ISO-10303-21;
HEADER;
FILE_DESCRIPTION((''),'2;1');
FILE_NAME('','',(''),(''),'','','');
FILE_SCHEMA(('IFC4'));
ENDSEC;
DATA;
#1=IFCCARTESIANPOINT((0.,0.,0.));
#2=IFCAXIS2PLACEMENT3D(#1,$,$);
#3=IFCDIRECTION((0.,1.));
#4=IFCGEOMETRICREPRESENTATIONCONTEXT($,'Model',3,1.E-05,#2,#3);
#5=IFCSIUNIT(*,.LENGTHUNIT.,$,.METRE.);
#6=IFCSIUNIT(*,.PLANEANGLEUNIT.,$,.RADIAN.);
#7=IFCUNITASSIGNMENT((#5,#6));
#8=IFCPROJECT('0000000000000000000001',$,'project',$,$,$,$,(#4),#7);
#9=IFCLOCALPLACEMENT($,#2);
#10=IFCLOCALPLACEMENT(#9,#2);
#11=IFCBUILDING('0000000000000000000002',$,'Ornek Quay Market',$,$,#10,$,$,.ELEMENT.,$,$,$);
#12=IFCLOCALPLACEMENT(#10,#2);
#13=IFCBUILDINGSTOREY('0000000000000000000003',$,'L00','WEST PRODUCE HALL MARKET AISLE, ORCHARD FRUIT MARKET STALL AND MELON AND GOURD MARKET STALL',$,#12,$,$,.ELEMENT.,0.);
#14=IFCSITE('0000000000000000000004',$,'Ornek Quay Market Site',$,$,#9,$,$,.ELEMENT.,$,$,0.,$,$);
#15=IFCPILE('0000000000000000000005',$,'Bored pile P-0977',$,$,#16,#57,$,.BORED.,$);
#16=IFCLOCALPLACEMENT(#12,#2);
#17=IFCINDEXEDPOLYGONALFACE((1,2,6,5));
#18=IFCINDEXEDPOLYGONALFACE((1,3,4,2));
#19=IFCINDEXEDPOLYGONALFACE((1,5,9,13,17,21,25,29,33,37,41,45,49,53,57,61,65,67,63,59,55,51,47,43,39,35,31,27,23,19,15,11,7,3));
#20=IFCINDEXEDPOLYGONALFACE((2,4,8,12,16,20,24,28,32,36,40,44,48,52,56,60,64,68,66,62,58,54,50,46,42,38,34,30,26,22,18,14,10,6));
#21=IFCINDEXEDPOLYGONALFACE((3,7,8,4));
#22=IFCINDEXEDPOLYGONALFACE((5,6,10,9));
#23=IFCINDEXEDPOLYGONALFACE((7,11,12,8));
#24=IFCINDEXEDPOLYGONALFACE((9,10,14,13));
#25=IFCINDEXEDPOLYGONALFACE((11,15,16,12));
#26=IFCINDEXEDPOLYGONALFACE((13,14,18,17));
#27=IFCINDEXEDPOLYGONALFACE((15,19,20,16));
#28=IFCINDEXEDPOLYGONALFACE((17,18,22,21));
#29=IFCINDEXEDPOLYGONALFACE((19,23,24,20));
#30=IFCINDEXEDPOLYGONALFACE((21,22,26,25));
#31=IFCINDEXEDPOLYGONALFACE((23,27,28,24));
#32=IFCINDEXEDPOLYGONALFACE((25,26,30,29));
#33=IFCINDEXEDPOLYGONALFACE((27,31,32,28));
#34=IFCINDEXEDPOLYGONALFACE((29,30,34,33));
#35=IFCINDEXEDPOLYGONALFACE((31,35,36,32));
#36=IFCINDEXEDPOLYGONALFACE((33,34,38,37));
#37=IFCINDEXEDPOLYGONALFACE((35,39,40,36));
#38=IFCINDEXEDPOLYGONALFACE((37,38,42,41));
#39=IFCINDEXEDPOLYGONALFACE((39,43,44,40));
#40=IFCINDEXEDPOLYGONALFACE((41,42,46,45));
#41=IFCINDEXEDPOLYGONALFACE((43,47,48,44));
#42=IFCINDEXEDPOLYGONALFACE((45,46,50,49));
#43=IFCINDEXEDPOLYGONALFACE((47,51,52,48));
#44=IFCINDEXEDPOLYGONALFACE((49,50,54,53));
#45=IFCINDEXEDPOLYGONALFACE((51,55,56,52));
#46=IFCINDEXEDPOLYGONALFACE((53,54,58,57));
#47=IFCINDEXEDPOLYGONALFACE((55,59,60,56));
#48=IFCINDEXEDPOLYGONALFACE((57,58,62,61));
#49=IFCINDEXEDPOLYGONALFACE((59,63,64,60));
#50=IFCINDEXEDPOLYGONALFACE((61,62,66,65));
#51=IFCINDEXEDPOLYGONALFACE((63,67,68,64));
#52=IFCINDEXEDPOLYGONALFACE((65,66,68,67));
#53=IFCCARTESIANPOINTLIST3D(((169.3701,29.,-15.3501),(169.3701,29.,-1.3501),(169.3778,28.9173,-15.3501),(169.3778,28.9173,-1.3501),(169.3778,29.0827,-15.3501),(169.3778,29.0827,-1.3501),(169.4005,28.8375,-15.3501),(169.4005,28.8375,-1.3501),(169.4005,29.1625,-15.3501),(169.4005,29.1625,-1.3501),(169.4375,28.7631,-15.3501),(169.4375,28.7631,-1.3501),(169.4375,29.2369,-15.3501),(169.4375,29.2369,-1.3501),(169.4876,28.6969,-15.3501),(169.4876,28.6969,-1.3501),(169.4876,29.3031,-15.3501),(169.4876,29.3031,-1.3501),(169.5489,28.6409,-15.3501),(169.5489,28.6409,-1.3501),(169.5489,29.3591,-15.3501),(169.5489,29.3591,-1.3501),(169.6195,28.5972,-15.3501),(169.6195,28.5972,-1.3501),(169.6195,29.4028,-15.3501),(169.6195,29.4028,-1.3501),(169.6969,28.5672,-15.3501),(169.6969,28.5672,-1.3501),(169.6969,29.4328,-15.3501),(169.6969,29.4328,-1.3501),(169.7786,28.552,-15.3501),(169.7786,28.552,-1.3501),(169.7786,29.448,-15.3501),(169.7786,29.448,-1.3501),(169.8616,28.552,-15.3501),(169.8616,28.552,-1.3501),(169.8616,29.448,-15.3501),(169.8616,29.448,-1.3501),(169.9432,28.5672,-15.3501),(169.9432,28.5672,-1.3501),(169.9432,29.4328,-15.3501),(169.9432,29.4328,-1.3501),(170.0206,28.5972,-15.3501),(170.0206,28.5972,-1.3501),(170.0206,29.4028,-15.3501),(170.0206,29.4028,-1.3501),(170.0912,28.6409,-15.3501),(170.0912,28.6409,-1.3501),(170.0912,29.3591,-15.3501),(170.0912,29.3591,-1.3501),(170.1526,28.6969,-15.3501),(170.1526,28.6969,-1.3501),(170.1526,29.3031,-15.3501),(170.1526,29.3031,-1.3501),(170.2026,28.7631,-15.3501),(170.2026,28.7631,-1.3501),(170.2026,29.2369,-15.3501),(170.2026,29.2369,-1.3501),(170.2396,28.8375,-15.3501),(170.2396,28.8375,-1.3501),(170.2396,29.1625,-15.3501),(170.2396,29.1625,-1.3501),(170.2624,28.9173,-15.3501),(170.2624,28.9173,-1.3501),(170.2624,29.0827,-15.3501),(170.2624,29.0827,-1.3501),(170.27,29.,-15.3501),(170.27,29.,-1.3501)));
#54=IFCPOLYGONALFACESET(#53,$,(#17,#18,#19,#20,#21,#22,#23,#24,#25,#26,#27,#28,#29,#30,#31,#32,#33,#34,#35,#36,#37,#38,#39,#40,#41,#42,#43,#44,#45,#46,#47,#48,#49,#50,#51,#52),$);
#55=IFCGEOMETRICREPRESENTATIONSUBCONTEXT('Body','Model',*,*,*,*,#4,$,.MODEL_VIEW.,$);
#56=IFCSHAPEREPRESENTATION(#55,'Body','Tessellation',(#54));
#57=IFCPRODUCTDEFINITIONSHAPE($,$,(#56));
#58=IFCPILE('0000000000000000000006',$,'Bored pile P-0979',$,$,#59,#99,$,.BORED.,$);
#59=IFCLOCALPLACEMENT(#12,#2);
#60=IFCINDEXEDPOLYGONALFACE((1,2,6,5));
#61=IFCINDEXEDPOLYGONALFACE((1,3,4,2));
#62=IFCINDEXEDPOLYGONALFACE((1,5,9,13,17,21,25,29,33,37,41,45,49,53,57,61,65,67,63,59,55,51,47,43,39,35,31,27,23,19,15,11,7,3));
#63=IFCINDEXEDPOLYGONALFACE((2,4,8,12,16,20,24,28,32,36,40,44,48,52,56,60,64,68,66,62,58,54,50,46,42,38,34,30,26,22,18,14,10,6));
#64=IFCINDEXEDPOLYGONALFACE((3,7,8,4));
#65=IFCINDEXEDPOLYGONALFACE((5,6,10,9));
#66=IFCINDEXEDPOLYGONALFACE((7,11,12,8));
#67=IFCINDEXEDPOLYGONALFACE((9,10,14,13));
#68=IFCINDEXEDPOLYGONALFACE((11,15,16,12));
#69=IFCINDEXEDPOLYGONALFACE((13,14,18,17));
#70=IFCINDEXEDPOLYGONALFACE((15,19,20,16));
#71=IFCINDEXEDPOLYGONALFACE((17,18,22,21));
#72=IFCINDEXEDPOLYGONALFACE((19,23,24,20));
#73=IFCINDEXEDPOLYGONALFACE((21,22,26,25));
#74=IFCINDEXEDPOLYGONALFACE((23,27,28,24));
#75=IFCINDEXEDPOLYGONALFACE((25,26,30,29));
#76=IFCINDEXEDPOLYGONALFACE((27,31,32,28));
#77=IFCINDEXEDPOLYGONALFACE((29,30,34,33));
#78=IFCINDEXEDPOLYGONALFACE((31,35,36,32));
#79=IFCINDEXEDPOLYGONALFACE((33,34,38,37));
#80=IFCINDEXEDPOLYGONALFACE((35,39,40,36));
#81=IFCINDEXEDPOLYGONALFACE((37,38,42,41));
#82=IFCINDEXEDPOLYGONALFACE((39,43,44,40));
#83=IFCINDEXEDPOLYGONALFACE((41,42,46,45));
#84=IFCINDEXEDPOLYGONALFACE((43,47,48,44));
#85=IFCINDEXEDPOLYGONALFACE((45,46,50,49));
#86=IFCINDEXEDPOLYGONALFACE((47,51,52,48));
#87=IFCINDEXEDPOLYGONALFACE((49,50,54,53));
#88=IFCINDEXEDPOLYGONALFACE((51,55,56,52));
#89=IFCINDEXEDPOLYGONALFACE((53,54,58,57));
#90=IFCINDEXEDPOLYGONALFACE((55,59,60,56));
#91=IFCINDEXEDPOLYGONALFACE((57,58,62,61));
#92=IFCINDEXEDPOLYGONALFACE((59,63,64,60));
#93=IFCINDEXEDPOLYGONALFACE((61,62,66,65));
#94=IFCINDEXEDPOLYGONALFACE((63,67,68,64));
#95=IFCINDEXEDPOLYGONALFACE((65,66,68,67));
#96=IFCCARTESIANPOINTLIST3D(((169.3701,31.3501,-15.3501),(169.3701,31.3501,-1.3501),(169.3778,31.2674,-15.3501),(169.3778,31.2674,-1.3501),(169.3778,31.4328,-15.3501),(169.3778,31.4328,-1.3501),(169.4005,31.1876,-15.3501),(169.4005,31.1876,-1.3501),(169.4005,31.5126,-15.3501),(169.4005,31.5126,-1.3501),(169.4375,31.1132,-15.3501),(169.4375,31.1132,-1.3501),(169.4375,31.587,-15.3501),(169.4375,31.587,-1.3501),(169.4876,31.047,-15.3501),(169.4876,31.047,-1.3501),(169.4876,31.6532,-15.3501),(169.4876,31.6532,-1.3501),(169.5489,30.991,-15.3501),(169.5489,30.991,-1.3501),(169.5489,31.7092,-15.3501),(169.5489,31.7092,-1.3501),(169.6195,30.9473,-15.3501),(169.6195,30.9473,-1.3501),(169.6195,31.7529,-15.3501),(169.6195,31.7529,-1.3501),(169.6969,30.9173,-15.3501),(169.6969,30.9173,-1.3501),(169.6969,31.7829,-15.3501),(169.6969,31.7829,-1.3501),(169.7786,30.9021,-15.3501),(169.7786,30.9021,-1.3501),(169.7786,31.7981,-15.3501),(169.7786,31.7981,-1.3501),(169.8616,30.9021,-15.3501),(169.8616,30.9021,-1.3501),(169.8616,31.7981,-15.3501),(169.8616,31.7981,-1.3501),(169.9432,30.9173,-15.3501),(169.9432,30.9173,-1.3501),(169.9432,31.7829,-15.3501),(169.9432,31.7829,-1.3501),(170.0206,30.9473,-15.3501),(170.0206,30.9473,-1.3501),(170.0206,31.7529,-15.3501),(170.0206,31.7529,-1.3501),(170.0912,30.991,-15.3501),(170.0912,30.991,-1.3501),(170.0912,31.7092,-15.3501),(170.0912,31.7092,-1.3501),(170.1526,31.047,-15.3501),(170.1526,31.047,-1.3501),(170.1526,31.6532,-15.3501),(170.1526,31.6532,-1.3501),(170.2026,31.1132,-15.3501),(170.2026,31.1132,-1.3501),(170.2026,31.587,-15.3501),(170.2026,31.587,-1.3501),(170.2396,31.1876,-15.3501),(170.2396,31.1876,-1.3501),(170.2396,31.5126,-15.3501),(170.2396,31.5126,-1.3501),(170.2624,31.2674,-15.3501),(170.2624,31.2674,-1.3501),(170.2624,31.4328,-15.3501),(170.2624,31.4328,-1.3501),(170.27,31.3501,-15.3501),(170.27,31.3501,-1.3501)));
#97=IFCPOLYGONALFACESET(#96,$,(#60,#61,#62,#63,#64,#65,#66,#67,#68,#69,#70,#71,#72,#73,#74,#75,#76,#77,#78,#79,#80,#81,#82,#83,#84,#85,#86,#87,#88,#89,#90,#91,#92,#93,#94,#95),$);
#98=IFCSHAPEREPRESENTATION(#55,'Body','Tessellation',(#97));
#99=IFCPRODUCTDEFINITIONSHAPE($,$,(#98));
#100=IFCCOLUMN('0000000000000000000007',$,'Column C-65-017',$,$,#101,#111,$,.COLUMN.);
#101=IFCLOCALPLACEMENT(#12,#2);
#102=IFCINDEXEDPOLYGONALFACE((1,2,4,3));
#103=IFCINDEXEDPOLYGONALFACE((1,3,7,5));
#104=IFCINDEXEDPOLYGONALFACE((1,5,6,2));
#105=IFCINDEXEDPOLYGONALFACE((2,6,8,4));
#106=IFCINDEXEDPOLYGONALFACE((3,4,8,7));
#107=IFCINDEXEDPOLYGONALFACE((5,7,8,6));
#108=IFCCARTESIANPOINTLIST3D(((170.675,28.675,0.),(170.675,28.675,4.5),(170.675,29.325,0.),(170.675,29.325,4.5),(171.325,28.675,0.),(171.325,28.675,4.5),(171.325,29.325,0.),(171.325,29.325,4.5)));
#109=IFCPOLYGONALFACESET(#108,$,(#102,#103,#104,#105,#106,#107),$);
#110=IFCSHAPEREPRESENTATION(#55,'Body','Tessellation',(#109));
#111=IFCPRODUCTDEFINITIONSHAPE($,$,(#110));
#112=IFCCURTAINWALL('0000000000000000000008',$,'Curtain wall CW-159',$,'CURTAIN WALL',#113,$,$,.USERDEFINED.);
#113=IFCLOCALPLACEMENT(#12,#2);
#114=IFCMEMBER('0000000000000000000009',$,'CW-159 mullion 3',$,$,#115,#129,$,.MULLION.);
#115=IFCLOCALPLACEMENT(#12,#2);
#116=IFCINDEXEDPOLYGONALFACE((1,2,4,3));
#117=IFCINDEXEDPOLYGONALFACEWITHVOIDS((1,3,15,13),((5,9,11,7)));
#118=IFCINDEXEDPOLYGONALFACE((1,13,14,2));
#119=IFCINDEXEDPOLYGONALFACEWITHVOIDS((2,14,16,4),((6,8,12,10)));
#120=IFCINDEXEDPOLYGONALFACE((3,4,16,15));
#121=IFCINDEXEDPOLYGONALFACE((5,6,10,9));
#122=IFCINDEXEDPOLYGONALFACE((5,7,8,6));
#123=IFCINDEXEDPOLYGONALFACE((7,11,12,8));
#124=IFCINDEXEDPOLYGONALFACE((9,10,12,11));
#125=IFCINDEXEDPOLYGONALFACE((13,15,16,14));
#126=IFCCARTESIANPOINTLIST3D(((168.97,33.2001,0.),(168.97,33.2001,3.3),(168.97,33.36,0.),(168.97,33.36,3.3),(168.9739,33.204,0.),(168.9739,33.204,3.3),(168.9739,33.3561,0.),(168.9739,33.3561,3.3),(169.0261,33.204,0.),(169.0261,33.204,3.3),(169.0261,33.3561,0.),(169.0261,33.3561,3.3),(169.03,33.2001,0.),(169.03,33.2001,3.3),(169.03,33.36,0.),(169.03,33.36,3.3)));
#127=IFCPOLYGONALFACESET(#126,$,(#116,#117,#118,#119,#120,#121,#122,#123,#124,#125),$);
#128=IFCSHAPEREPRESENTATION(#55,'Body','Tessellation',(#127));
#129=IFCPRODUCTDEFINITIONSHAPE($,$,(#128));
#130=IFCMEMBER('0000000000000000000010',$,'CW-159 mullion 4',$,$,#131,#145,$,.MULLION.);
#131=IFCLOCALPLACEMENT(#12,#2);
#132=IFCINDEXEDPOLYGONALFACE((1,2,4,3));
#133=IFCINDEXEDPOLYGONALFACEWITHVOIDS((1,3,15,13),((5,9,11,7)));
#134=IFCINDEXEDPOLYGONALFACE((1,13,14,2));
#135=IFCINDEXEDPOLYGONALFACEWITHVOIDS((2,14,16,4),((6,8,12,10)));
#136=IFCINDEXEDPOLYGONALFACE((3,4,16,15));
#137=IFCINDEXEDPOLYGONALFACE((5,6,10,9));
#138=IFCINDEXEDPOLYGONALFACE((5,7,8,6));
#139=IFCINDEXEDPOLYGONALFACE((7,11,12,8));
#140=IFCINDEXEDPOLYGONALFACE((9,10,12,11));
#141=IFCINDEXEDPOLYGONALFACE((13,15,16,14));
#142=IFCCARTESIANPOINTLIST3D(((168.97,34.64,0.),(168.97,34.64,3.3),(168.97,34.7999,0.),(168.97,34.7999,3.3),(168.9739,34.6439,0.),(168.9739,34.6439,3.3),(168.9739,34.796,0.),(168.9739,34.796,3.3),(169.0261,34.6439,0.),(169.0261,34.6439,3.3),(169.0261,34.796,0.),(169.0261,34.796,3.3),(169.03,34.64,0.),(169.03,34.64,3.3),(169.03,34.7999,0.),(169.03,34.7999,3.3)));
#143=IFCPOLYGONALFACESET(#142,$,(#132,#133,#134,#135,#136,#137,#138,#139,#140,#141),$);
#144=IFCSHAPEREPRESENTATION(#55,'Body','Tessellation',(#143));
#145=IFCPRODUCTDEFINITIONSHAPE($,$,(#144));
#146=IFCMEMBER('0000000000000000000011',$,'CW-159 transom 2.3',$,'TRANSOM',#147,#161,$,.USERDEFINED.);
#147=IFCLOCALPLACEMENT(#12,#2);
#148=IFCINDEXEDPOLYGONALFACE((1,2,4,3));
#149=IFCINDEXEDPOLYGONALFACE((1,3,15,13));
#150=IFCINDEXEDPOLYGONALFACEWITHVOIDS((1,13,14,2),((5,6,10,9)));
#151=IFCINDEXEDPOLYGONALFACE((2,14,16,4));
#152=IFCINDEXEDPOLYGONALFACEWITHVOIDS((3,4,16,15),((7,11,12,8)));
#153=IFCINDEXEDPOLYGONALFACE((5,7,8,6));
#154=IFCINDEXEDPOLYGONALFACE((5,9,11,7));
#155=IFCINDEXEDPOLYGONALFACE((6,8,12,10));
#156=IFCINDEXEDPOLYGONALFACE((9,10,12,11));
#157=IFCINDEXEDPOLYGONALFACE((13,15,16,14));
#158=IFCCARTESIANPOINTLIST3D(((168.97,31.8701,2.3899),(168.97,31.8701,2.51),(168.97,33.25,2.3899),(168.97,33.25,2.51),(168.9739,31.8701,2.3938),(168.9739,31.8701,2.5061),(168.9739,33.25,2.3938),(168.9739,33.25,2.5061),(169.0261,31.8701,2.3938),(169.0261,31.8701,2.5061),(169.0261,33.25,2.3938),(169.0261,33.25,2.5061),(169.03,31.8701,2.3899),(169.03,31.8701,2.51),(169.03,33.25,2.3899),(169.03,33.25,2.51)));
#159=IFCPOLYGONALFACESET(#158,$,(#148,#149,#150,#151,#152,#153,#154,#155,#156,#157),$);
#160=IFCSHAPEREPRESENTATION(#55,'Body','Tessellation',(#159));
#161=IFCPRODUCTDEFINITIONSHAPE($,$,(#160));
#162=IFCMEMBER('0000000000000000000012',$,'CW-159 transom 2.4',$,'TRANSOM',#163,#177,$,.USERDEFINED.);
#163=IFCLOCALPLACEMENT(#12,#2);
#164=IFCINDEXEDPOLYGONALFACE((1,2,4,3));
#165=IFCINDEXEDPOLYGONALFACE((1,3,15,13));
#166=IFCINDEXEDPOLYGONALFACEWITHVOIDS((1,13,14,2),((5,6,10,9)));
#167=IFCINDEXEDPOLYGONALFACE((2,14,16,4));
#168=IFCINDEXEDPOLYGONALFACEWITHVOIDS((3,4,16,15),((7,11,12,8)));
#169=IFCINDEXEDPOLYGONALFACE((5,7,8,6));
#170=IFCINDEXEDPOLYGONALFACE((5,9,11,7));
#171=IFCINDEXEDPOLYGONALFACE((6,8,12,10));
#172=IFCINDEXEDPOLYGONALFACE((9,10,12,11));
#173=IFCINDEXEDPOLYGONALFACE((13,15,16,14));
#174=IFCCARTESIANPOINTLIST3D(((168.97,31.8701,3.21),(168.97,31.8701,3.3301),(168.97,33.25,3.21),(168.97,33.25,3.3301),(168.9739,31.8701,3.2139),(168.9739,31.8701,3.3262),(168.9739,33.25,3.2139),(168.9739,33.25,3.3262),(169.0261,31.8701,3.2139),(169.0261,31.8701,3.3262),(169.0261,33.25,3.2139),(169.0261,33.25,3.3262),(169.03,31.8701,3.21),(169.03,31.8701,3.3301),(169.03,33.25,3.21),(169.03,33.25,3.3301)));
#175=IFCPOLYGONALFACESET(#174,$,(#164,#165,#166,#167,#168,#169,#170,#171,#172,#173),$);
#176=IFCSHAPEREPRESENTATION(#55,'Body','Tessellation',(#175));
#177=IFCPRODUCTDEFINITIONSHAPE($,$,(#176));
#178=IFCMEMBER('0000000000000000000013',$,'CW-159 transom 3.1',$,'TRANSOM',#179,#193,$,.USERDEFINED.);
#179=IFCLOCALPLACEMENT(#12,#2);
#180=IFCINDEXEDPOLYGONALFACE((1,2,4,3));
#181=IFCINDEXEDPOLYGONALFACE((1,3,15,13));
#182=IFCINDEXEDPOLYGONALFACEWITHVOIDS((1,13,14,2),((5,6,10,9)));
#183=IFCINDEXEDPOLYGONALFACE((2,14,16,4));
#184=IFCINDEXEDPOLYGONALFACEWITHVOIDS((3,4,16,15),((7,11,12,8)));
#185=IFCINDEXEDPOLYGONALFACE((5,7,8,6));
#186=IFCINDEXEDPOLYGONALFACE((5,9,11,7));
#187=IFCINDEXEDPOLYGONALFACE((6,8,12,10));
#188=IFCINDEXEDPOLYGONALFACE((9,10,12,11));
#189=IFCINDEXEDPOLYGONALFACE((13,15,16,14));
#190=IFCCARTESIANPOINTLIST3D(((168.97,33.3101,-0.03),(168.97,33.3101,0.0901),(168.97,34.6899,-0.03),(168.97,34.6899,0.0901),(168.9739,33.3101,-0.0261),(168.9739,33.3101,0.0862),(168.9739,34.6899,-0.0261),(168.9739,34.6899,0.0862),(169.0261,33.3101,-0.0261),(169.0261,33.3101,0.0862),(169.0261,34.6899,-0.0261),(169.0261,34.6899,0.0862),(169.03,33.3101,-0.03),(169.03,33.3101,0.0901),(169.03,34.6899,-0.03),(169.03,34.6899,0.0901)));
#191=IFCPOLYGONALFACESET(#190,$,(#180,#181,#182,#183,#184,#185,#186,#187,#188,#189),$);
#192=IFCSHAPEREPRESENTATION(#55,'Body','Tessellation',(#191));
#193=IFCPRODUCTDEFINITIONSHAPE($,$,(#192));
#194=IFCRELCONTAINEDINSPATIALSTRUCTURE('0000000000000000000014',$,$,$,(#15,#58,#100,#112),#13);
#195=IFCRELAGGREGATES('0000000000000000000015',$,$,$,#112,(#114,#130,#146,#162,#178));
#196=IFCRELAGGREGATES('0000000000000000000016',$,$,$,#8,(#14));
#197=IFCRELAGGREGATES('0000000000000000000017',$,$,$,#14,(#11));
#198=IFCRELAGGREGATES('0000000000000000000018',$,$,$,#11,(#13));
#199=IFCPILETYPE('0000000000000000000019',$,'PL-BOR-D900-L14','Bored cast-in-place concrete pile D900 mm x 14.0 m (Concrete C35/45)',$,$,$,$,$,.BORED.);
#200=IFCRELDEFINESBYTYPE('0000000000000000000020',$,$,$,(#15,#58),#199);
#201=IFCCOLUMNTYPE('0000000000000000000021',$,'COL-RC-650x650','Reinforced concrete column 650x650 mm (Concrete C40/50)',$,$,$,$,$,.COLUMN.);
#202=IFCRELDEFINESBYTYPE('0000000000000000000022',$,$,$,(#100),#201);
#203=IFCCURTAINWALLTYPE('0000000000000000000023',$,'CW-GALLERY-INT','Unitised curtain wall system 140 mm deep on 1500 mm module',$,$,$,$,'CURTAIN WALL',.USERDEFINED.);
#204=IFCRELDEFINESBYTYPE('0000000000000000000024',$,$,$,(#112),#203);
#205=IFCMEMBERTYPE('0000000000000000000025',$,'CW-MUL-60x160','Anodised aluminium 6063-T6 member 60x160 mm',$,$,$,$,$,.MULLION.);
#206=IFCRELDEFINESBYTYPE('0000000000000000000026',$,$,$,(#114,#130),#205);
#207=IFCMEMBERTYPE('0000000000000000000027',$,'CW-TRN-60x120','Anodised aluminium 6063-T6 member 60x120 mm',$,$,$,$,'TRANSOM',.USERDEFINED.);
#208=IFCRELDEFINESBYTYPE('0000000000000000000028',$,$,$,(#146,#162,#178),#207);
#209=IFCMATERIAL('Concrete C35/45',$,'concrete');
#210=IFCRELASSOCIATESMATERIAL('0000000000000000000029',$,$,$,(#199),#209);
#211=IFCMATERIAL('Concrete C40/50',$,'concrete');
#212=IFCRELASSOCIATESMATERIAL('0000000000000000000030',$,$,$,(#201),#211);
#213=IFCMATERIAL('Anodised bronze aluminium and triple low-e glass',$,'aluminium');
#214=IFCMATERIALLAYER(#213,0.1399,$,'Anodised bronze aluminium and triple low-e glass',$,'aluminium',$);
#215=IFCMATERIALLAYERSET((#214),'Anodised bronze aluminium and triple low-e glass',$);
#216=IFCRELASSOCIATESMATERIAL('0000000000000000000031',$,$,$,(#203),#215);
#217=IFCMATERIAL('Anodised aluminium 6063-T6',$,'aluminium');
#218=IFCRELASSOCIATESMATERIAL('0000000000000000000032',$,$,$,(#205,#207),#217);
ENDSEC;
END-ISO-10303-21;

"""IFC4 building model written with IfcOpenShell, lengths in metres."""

from ifc_helpers import new_model, si_unit, direction, frame, origin, origin_2d, place, context, subcontext, project, spatial, rectangle, hollow_rectangle, circle, extrude, material, layer, layer_set, material_profile, profile_set, type_object, element, aggregate, save


model = new_model("IFC4")

# Units and contexts
model_context = context("Model", 3, precision=1e-05, world=origin(), true_north=direction((0.0, 1.0)))
body_context = subcontext(model_context, "Body", "Model", "MODEL_VIEW")
ifc_project = project(units=[si_unit("LENGTHUNIT", "METRE"), si_unit("PLANEANGLEUNIT", "RADIAN")], contexts=[model_context])

# Site, building, storey
site_placement = place(None, origin())
site = spatial("IfcSite", under=ifc_project, at=site_placement, Name="Ornek Quay Market Site", CompositionType="ELEMENT", RefElevation=0.0)
building_placement = place(site_placement, origin())
building = spatial("IfcBuilding", under=site, at=building_placement, Name="Ornek Quay Market", CompositionType="ELEMENT")
storey_placement = place(building_placement, origin())
storey = spatial("IfcBuildingStorey", under=building, at=storey_placement, Name="L00", Description="WEST PRODUCE HALL MARKET AISLE, ORCHARD FRUIT MARKET STALL AND MELON AND GOURD MARKET STALL", CompositionType="ELEMENT", Elevation=0.0)

# Piles
ifc_material_1 = material(Name="Concrete C35/45", Category="concrete")
ifc_material_profile_1 = material_profile(ifc_material_1, circle(Radius=0.45, at=origin_2d()), Name="PILE D900", Category="concrete")
ifc_profile_set_1 = profile_set([ifc_material_profile_1], Name="Concrete C35/45")
pile_type = type_object("IfcPileType", Name="PL-BOR-D900-L14", Description="Bored cast-in-place concrete pile D900 mm x 14.0 m (Concrete C35/45)", PredefinedType="BORED", material=ifc_profile_set_1)
for number, where, z_axis, x_axis, name in (
    (1, (169.8201, 29.0, -1.3501), (0.0, 0.0, -1.0), (1.0, 0.0, 0.0), "Bored pile P-0977"),
    (2, (169.8201, 31.3501, -1.3501), (0.0, 0.0, -1.0), (1.0, 0.0, 0.0), "Bored pile P-0979"),
):
    element("IfcPile", number, at=place(storey_placement, frame(where, z_axis=z_axis, x_axis=x_axis)), inside=storey, type_object=pile_type, Name=name, PredefinedType="BORED", context=body_context, shape_type="SweptSolid", body=[
        extrude(circle(Radius=0.45, at=origin_2d()), origin(), (0.0, 0.0, 1.0), 14.0),
    ])

# Column
ifc_material_2 = material(Name="Concrete C40/50", Category="concrete")
ifc_material_profile_2 = material_profile(ifc_material_2, rectangle(XDim=0.6499, YDim=0.6499, at=origin_2d()), Name="RC 650x650", Category="concrete")
ifc_profile_set_2 = profile_set([ifc_material_profile_2], Name="Concrete C40/50")
column_type = type_object("IfcColumnType", Name="COL-RC-650x650", Description="Reinforced concrete column 650x650 mm (Concrete C40/50)", PredefinedType="COLUMN", material=ifc_profile_set_2)
column_placement = place(storey_placement, frame((171.0, 29.0, 0.0), z_axis=(0.0, 0.0, 1.0), x_axis=(1.0, 0.0, 0.0)))
element("IfcColumn", 3, at=column_placement, inside=storey, type_object=column_type, Name="Column C-65-017", PredefinedType="COLUMN", context=body_context, shape_type="SweptSolid", body=[
    extrude(rectangle(XDim=0.6499, YDim=0.6499, at=origin_2d()), origin(), (0.0, 0.0, 1.0), 4.5),
])

# Curtain wall, members
ifc_material_3 = material(Name="Anodised bronze aluminium and triple low-e glass", Category="aluminium")
ifc_layer_1 = layer(ifc_material_3, 0.1399, Name="Anodised bronze aluminium and triple low-e glass", Category="aluminium")
ifc_layer_set_1 = layer_set([ifc_layer_1], Name="Anodised bronze aluminium and triple low-e glass")
curtain_wall_type = type_object("IfcCurtainWallType", Name="CW-GALLERY-INT", Description="Unitised curtain wall system 140 mm deep on 1500 mm module", ElementType="CURTAIN WALL", PredefinedType="USERDEFINED", material=ifc_layer_set_1)
curtain_wall_placement = place(storey_placement, origin())
curtain_wall = element("IfcCurtainWall", 4, at=curtain_wall_placement, inside=storey, type_object=curtain_wall_type, Name="Curtain wall CW-159", ObjectType="CURTAIN WALL", PredefinedType="USERDEFINED")
ifc_material_4 = material(Name="Anodised aluminium 6063-T6", Category="aluminium")
ifc_material_profile_3 = material_profile(ifc_material_4, hollow_rectangle(XDim=0.0601, YDim=0.1599, WallThickness=0.0039, at=origin_2d()), Name="CW-MUL-60x160", Category="aluminium")
ifc_profile_set_3 = profile_set([ifc_material_profile_3], Name="Anodised aluminium 6063-T6")
member_type_1 = type_object("IfcMemberType", Name="CW-MUL-60x160", Description="Anodised aluminium 6063-T6 member 60x160 mm", PredefinedType="MULLION", material=ifc_profile_set_3)
member_1_placement = place(storey_placement, frame((169.0, 33.28, 0.0), z_axis=(0.0, 0.0, 1.0), x_axis=(-1.0, 0.0, 0.0)))
member_1 = element("IfcMember", 5, at=member_1_placement, type_object=member_type_1, Name="CW-159 mullion 3", PredefinedType="MULLION", context=body_context, shape_type="SweptSolid", body=[
    extrude(hollow_rectangle(XDim=0.0601, YDim=0.1599, WallThickness=0.0039, at=origin_2d()), origin(), (0.0, 0.0, 1.0), 3.3),
])
member_2_placement = place(storey_placement, frame((169.0, 34.72, 0.0), z_axis=(0.0, 0.0, 1.0), x_axis=(-1.0, 0.0, 0.0)))
member_2 = element("IfcMember", 6, at=member_2_placement, type_object=member_type_1, Name="CW-159 mullion 4", PredefinedType="MULLION", context=body_context, shape_type="SweptSolid", body=[
    extrude(hollow_rectangle(XDim=0.0601, YDim=0.1599, WallThickness=0.0039, at=origin_2d()), origin(), (0.0, 0.0, 1.0), 3.3),
])
ifc_material_profile_4 = material_profile(ifc_material_4, hollow_rectangle(XDim=0.0601, YDim=0.1201, WallThickness=0.0039, at=origin_2d()), Name="CW-TRN-60x120", Category="aluminium")
ifc_profile_set_4 = profile_set([ifc_material_profile_4], Name="Anodised aluminium 6063-T6")
member_type_2 = type_object("IfcMemberType", Name="CW-TRN-60x120", Description="Anodised aluminium 6063-T6 member 60x120 mm", ElementType="TRANSOM", PredefinedType="USERDEFINED", material=ifc_profile_set_4)
member_3_placement = place(storey_placement, frame((169.0, 31.8701, 2.45), z_axis=(0.0, 1.0, 0.0), x_axis=(-1.0, 0.0, 0.0)))
member_3 = element("IfcMember", 7, at=member_3_placement, type_object=member_type_2, Name="CW-159 transom 2.3", ObjectType="TRANSOM", PredefinedType="USERDEFINED", context=body_context, shape_type="SweptSolid", body=[
    extrude(hollow_rectangle(XDim=0.0601, YDim=0.1201, WallThickness=0.0039, at=origin_2d()), origin(), (0.0, 0.0, 1.0), 1.3799),
])
member_4_placement = place(storey_placement, frame((169.0, 31.8701, 3.27), z_axis=(0.0, 1.0, 0.0), x_axis=(-1.0, 0.0, 0.0)))
member_4 = element("IfcMember", 8, at=member_4_placement, type_object=member_type_2, Name="CW-159 transom 2.4", ObjectType="TRANSOM", PredefinedType="USERDEFINED", context=body_context, shape_type="SweptSolid", body=[
    extrude(hollow_rectangle(XDim=0.0601, YDim=0.1201, WallThickness=0.0039, at=origin_2d()), origin(), (0.0, 0.0, 1.0), 1.3799),
])
member_5_placement = place(storey_placement, frame((169.0, 33.3101, 0.03), z_axis=(0.0, 1.0, 0.0), x_axis=(-1.0, 0.0, 0.0)))
member_5 = element("IfcMember", 9, at=member_5_placement, type_object=member_type_2, Name="CW-159 transom 3.1", ObjectType="TRANSOM", PredefinedType="USERDEFINED", context=body_context, shape_type="SweptSolid", body=[
    extrude(hollow_rectangle(XDim=0.0601, YDim=0.1201, WallThickness=0.0039, at=origin_2d()), origin(), (0.0, 0.0, 1.0), 1.3799),
])
aggregate(curtain_wall, [member_1, member_2, member_3, member_4, member_5])

save(model, "model.ifc")
